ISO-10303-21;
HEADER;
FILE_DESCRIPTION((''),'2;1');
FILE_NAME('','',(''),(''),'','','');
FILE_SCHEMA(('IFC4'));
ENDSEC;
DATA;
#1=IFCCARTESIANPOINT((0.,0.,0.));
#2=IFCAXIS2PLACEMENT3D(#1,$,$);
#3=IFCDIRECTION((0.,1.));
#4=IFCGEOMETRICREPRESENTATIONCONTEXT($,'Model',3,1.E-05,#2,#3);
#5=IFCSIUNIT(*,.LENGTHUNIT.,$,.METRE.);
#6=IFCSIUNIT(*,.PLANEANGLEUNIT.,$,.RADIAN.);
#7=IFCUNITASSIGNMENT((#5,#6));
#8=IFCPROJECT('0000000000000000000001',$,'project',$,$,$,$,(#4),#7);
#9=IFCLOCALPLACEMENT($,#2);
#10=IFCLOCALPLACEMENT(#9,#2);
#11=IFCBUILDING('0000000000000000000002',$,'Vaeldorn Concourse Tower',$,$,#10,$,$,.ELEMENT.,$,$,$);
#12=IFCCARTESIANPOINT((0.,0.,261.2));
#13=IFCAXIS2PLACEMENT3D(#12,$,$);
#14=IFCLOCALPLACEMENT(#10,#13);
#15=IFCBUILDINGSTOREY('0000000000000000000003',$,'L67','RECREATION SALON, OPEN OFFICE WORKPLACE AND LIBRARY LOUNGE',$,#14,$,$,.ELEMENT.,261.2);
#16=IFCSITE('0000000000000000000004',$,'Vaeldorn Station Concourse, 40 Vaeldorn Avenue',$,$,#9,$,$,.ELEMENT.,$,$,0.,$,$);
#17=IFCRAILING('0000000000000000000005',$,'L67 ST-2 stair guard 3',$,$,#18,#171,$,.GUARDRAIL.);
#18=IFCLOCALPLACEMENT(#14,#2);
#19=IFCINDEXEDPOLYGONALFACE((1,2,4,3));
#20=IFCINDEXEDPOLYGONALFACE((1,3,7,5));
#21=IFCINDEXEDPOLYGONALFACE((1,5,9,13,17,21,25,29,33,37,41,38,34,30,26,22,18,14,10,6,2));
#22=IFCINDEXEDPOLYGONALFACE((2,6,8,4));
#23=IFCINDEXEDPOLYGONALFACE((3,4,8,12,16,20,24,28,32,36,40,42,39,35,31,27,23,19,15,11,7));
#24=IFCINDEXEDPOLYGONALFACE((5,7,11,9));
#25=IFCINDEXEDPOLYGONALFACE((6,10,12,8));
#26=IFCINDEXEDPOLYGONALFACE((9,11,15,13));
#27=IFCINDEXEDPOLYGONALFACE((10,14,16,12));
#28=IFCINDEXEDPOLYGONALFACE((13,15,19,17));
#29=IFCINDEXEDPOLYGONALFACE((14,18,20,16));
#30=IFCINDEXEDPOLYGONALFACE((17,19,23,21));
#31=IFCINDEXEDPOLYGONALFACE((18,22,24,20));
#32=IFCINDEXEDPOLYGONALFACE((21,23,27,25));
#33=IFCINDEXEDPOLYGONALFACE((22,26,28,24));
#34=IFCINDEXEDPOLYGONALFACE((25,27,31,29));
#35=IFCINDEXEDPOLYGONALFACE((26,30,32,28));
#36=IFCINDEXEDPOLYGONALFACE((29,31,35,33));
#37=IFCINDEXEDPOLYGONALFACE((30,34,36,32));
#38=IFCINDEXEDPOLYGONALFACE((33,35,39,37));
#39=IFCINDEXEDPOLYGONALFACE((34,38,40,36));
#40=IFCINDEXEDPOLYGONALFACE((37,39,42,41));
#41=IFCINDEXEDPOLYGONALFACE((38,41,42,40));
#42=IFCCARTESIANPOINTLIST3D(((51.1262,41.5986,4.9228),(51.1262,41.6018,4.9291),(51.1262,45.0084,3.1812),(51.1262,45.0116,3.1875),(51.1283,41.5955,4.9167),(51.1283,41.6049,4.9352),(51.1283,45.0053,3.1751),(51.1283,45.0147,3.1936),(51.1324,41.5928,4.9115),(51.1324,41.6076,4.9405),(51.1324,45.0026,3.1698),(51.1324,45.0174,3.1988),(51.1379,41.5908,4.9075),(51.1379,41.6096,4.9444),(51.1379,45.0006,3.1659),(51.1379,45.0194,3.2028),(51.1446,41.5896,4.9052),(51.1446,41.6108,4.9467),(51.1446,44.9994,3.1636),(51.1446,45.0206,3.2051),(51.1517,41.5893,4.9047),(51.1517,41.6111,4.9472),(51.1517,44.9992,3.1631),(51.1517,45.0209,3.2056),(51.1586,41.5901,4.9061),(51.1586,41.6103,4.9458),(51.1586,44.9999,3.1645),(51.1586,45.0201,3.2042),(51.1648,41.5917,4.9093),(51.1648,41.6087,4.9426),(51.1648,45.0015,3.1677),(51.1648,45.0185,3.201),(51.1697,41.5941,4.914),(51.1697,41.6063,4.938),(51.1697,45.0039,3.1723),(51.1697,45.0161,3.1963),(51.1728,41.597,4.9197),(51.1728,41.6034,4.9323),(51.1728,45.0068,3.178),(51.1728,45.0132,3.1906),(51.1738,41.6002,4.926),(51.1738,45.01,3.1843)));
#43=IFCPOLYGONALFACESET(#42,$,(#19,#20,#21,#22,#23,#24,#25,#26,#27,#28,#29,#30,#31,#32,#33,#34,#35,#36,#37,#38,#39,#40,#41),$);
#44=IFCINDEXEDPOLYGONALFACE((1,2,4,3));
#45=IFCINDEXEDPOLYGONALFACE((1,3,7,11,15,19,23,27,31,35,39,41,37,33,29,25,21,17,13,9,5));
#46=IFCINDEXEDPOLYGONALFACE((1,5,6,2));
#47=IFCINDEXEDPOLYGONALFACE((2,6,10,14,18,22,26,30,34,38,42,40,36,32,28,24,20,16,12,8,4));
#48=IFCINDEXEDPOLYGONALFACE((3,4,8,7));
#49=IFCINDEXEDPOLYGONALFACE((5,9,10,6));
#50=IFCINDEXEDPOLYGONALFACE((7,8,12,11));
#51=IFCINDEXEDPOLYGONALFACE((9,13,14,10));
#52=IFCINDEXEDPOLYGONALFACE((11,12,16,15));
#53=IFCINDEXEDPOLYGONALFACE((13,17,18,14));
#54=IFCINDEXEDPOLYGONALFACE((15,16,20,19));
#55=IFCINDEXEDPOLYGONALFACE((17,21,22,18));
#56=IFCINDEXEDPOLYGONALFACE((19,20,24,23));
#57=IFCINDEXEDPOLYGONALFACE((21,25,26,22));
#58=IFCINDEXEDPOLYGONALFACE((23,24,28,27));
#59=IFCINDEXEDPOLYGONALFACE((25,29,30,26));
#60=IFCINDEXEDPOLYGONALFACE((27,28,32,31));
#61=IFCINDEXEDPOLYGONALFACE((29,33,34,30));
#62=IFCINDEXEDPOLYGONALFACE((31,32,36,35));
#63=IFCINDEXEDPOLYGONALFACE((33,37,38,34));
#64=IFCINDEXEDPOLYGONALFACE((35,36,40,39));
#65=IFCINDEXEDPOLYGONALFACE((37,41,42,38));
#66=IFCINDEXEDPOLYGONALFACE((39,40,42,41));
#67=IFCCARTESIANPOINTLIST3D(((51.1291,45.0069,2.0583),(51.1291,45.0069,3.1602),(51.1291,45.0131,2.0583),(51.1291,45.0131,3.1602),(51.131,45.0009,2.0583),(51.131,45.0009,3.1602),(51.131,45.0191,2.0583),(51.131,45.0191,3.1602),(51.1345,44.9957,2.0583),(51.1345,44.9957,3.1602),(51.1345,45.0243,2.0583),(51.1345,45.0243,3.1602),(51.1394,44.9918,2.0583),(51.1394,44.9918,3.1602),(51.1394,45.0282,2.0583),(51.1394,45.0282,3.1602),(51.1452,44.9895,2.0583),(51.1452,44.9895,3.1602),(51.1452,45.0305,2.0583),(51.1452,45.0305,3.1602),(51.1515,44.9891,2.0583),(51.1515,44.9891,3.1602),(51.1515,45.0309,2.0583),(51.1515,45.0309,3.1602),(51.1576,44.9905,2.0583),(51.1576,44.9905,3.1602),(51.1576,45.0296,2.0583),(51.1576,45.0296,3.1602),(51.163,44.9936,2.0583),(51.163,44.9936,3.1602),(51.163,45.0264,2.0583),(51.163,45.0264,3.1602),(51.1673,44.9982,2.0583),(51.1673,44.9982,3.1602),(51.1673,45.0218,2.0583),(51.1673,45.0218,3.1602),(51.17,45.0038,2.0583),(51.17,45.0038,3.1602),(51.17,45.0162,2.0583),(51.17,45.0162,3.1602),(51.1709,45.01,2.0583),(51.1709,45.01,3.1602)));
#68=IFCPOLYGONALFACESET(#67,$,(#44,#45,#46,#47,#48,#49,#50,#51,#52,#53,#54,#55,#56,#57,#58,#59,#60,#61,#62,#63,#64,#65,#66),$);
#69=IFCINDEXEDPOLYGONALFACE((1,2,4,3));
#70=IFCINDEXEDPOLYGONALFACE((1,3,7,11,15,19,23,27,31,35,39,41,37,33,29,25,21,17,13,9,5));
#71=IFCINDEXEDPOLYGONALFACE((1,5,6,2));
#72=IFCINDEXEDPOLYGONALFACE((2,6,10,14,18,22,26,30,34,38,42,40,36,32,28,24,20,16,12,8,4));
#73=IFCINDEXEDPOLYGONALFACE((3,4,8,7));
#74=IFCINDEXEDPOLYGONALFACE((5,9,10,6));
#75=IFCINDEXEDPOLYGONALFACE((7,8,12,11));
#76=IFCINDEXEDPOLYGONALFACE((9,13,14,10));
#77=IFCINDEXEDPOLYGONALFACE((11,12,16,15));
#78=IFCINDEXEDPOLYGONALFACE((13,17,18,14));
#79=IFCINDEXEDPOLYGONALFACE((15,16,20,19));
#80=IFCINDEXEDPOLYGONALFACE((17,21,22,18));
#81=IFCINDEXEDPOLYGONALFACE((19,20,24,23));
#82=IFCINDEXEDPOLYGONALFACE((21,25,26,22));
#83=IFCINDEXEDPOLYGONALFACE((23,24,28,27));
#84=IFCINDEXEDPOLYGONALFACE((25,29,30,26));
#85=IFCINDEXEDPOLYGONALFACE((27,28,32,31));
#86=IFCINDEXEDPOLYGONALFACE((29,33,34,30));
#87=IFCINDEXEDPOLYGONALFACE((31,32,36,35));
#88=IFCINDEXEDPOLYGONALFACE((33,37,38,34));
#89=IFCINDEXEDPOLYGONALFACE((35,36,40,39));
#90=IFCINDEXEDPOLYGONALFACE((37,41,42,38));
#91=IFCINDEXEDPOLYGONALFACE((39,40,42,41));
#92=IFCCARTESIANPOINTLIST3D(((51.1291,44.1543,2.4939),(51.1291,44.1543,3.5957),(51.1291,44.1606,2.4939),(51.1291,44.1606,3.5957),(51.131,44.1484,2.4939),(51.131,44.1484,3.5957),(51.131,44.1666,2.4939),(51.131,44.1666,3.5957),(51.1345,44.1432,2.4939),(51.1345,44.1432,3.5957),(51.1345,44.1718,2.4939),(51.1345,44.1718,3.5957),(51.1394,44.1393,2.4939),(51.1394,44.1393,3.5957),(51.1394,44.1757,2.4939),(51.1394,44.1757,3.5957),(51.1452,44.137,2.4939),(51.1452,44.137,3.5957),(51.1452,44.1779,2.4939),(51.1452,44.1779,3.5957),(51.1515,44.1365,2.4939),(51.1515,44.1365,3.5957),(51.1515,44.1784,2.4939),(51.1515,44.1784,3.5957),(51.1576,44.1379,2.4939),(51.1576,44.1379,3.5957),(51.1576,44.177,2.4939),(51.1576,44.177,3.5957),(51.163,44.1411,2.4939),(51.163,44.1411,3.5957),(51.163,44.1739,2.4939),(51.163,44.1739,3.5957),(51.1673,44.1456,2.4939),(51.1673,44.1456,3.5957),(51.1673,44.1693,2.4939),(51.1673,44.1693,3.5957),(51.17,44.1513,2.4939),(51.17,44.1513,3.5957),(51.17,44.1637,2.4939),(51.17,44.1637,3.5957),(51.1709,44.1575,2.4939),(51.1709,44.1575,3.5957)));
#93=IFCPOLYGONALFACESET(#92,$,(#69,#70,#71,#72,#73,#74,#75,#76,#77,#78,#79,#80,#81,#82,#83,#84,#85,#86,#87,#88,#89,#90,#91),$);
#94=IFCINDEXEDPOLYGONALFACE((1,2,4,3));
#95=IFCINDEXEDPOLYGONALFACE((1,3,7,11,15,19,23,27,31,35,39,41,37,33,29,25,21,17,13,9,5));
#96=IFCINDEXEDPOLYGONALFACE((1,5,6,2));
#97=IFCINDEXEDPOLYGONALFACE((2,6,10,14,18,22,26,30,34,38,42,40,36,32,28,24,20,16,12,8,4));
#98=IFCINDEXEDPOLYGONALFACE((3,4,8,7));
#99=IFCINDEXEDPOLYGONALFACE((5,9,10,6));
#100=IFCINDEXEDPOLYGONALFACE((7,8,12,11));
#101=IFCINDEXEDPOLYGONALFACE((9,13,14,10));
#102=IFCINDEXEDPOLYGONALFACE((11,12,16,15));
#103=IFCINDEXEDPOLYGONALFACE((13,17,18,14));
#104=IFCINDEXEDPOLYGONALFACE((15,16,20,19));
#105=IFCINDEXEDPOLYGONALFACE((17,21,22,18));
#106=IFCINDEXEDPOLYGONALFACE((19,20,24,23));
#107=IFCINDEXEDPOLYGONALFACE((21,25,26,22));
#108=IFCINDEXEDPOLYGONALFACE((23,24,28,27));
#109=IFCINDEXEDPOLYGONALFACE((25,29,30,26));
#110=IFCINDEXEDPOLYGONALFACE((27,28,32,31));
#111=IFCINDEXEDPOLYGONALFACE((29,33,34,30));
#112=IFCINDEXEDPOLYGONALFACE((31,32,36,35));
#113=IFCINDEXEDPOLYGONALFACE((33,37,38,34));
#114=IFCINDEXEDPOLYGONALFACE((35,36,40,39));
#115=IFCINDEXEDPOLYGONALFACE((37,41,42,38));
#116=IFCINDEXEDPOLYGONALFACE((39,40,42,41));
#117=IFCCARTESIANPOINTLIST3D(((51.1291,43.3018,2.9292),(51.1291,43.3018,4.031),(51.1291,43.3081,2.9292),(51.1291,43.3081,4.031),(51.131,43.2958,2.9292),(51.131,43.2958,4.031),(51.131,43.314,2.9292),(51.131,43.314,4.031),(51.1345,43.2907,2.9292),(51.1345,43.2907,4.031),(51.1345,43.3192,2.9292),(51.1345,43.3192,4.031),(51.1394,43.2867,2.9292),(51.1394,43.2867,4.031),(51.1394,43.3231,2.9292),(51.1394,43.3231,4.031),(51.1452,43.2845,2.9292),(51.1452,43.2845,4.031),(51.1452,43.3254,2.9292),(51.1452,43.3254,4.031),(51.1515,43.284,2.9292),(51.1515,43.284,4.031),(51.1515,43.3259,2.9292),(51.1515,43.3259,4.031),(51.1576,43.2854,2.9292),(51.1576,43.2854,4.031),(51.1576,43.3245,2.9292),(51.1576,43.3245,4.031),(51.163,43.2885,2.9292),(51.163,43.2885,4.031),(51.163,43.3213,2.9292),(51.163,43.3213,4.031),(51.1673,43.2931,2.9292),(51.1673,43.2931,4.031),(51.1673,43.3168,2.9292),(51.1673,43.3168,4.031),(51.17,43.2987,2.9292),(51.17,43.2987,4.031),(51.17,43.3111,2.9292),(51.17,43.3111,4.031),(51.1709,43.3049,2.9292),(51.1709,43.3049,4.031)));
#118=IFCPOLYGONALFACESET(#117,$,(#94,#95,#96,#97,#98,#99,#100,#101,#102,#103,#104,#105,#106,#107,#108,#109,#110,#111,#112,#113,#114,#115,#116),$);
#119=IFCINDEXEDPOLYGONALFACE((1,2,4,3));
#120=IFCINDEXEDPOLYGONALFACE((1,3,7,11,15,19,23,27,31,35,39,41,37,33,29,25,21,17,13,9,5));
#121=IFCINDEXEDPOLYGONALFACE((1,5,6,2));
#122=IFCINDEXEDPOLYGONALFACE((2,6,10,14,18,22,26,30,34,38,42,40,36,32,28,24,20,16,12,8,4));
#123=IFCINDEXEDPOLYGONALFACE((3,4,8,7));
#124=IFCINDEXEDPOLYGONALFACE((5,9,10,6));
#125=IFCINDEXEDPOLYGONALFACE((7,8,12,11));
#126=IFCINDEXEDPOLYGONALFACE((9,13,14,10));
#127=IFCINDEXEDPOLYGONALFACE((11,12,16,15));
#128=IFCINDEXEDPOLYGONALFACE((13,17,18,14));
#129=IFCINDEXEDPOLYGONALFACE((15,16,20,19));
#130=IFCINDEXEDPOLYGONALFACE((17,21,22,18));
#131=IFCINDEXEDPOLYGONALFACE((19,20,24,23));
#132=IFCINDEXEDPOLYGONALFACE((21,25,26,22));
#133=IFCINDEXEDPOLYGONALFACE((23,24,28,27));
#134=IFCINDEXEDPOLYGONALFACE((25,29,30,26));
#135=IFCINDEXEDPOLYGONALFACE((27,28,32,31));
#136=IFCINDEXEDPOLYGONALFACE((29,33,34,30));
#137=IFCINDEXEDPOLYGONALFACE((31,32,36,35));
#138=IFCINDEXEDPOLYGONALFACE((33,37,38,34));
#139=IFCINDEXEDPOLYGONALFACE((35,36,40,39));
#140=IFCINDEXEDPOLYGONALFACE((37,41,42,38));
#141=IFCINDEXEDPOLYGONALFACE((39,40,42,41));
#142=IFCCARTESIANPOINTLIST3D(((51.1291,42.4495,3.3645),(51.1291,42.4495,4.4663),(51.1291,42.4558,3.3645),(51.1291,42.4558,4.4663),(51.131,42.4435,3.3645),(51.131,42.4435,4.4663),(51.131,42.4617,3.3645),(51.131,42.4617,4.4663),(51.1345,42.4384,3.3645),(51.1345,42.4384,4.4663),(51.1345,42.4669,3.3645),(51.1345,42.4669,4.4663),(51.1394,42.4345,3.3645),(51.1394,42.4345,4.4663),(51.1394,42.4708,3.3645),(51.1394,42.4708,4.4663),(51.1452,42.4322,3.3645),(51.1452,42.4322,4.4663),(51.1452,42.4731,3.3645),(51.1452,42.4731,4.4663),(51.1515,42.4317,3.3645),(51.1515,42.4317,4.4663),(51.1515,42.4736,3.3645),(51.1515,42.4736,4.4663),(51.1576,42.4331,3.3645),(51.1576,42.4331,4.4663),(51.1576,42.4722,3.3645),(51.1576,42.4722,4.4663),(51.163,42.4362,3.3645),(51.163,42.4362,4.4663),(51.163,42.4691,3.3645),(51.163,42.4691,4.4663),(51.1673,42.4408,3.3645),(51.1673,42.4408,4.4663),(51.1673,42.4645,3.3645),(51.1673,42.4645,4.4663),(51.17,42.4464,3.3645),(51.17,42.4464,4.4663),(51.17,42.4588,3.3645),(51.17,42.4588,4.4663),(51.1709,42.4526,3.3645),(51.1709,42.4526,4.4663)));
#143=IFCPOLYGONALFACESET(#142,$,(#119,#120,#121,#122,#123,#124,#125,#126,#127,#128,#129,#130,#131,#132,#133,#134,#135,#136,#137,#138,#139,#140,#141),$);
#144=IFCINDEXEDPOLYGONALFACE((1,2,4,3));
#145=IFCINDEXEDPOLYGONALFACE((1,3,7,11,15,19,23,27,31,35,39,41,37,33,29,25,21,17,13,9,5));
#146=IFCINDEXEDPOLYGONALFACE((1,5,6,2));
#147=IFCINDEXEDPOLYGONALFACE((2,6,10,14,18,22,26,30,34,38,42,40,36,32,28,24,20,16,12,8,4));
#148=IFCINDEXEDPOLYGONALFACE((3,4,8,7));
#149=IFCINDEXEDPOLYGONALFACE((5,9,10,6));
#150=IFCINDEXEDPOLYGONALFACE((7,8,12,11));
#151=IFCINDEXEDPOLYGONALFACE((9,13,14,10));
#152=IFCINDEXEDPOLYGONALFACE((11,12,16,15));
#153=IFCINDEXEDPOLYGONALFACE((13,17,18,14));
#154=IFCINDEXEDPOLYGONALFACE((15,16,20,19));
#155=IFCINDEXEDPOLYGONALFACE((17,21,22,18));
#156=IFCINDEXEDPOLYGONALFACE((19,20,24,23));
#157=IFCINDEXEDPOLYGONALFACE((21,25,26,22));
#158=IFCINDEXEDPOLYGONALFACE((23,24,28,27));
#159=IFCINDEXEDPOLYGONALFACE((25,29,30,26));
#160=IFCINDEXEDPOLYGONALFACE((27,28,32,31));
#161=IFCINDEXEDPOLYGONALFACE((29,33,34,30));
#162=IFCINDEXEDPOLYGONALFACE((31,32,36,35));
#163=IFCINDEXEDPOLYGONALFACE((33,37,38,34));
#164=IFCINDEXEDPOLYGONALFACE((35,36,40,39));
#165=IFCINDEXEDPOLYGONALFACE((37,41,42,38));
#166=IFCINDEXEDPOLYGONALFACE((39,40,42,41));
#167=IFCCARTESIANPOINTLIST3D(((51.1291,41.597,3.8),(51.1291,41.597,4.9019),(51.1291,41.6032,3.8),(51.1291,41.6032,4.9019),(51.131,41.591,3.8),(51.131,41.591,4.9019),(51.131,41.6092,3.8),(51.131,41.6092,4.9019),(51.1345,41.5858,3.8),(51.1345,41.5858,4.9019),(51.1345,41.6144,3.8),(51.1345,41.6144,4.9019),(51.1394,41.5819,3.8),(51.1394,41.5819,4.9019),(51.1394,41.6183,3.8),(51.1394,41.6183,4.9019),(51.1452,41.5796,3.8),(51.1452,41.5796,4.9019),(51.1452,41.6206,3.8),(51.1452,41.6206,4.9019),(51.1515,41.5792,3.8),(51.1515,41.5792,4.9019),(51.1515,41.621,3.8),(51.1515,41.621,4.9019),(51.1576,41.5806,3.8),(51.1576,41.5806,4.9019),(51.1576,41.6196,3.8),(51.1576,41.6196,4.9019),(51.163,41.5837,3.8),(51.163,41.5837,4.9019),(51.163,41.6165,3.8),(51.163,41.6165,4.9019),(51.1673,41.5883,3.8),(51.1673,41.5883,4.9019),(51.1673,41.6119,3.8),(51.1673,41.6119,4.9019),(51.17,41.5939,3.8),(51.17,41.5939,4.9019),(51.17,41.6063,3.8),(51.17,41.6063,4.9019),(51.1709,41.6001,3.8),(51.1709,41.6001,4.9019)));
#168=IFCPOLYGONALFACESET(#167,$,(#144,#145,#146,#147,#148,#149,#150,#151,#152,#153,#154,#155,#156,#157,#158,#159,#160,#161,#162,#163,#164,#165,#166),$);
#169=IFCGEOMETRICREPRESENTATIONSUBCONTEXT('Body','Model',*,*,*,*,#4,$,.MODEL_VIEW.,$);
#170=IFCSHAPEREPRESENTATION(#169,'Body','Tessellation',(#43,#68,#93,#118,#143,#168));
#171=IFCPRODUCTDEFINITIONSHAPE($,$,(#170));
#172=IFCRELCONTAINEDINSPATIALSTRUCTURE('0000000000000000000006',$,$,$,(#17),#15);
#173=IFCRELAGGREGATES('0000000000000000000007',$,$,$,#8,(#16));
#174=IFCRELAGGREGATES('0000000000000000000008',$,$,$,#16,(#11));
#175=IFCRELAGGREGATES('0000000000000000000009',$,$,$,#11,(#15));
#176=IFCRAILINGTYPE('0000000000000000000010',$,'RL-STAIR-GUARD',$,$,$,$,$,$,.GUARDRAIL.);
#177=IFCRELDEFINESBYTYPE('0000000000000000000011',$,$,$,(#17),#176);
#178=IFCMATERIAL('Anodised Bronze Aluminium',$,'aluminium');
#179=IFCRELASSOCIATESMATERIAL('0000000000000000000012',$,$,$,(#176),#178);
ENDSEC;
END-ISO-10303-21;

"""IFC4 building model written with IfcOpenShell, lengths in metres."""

from ifc_helpers import new_model, si_unit, direction, frame, origin, origin_2d, place, context, subcontext, project, spatial, circle, extrude, material, type_object, element, save


model = new_model("IFC4")

# Units and contexts
model_context = context("Model", 3, precision=1e-05, world=origin(), true_north=direction((0.0, 1.0)))
body_context = subcontext(model_context, "Body", "Model", "MODEL_VIEW")
ifc_project = project(units=[si_unit("LENGTHUNIT", "METRE"), si_unit("PLANEANGLEUNIT", "RADIAN")], contexts=[model_context])

# Site, building, storey
site_placement = place(None, origin())
site = spatial("IfcSite", under=ifc_project, at=site_placement, Name="Vaeldorn Station Concourse, 40 Vaeldorn Avenue", CompositionType="ELEMENT", RefElevation=0.0)
building_placement = place(site_placement, origin())
building = spatial("IfcBuilding", under=site, at=building_placement, Name="Vaeldorn Concourse Tower", CompositionType="ELEMENT")
storey_placement = place(building_placement, frame((0.0, 0.0, 261.2)))
storey = spatial("IfcBuildingStorey", under=building, at=storey_placement, Name="L67", Description="RECREATION SALON, OPEN OFFICE WORKPLACE AND LIBRARY LOUNGE", CompositionType="ELEMENT", Elevation=261.2)

# Shared definitions
ifc_material_1 = material(Name="Anodised Bronze Aluminium", Category="aluminium")

# Railing
railing_type_1 = type_object("IfcRailingType", Name="RL-STAIR-GUARD", PredefinedType="GUARDRAIL", material=ifc_material_1)
railing_1_placement = place(storey_placement, frame((51.1499, 45.01, 2.0583)))
element("IfcRailing", 1, at=railing_1_placement, inside=storey, type_object=railing_type_1, Name="L67 ST-2 stair guard 3", PredefinedType="GUARDRAIL", context=body_context, shape_type="SweptSolid", body=[
    extrude(circle(Radius=0.0239, at=origin_2d()), frame((0.0, 0.0, 1.126), z_axis=(0.0, -0.890556, 0.454874), x_axis=(1.0, 0.0, 0.0)), (0.0, 0.0, 1.0), 3.8289),
    extrude(circle(Radius=0.021, at=origin_2d()), origin(), (0.0, 0.0, 1.0), 1.1018),
    extrude(circle(Radius=0.021, at=origin_2d()), frame((0.0, -0.8525, 0.4355)), (0.0, 0.0, 1.0), 1.1018),
    extrude(circle(Radius=0.021, at=origin_2d()), frame((0.0, -1.7051, 0.8708)), (0.0, 0.0, 1.0), 1.1018),
    extrude(circle(Radius=0.021, at=origin_2d()), frame((0.0, -2.5574, 1.3062)), (0.0, 0.0, 1.0), 1.1018),
    extrude(circle(Radius=0.021, at=origin_2d()), frame((0.0, -3.4099, 1.7417)), (0.0, 0.0, 1.0), 1.1018),
])

save(model, "model.ifc")
